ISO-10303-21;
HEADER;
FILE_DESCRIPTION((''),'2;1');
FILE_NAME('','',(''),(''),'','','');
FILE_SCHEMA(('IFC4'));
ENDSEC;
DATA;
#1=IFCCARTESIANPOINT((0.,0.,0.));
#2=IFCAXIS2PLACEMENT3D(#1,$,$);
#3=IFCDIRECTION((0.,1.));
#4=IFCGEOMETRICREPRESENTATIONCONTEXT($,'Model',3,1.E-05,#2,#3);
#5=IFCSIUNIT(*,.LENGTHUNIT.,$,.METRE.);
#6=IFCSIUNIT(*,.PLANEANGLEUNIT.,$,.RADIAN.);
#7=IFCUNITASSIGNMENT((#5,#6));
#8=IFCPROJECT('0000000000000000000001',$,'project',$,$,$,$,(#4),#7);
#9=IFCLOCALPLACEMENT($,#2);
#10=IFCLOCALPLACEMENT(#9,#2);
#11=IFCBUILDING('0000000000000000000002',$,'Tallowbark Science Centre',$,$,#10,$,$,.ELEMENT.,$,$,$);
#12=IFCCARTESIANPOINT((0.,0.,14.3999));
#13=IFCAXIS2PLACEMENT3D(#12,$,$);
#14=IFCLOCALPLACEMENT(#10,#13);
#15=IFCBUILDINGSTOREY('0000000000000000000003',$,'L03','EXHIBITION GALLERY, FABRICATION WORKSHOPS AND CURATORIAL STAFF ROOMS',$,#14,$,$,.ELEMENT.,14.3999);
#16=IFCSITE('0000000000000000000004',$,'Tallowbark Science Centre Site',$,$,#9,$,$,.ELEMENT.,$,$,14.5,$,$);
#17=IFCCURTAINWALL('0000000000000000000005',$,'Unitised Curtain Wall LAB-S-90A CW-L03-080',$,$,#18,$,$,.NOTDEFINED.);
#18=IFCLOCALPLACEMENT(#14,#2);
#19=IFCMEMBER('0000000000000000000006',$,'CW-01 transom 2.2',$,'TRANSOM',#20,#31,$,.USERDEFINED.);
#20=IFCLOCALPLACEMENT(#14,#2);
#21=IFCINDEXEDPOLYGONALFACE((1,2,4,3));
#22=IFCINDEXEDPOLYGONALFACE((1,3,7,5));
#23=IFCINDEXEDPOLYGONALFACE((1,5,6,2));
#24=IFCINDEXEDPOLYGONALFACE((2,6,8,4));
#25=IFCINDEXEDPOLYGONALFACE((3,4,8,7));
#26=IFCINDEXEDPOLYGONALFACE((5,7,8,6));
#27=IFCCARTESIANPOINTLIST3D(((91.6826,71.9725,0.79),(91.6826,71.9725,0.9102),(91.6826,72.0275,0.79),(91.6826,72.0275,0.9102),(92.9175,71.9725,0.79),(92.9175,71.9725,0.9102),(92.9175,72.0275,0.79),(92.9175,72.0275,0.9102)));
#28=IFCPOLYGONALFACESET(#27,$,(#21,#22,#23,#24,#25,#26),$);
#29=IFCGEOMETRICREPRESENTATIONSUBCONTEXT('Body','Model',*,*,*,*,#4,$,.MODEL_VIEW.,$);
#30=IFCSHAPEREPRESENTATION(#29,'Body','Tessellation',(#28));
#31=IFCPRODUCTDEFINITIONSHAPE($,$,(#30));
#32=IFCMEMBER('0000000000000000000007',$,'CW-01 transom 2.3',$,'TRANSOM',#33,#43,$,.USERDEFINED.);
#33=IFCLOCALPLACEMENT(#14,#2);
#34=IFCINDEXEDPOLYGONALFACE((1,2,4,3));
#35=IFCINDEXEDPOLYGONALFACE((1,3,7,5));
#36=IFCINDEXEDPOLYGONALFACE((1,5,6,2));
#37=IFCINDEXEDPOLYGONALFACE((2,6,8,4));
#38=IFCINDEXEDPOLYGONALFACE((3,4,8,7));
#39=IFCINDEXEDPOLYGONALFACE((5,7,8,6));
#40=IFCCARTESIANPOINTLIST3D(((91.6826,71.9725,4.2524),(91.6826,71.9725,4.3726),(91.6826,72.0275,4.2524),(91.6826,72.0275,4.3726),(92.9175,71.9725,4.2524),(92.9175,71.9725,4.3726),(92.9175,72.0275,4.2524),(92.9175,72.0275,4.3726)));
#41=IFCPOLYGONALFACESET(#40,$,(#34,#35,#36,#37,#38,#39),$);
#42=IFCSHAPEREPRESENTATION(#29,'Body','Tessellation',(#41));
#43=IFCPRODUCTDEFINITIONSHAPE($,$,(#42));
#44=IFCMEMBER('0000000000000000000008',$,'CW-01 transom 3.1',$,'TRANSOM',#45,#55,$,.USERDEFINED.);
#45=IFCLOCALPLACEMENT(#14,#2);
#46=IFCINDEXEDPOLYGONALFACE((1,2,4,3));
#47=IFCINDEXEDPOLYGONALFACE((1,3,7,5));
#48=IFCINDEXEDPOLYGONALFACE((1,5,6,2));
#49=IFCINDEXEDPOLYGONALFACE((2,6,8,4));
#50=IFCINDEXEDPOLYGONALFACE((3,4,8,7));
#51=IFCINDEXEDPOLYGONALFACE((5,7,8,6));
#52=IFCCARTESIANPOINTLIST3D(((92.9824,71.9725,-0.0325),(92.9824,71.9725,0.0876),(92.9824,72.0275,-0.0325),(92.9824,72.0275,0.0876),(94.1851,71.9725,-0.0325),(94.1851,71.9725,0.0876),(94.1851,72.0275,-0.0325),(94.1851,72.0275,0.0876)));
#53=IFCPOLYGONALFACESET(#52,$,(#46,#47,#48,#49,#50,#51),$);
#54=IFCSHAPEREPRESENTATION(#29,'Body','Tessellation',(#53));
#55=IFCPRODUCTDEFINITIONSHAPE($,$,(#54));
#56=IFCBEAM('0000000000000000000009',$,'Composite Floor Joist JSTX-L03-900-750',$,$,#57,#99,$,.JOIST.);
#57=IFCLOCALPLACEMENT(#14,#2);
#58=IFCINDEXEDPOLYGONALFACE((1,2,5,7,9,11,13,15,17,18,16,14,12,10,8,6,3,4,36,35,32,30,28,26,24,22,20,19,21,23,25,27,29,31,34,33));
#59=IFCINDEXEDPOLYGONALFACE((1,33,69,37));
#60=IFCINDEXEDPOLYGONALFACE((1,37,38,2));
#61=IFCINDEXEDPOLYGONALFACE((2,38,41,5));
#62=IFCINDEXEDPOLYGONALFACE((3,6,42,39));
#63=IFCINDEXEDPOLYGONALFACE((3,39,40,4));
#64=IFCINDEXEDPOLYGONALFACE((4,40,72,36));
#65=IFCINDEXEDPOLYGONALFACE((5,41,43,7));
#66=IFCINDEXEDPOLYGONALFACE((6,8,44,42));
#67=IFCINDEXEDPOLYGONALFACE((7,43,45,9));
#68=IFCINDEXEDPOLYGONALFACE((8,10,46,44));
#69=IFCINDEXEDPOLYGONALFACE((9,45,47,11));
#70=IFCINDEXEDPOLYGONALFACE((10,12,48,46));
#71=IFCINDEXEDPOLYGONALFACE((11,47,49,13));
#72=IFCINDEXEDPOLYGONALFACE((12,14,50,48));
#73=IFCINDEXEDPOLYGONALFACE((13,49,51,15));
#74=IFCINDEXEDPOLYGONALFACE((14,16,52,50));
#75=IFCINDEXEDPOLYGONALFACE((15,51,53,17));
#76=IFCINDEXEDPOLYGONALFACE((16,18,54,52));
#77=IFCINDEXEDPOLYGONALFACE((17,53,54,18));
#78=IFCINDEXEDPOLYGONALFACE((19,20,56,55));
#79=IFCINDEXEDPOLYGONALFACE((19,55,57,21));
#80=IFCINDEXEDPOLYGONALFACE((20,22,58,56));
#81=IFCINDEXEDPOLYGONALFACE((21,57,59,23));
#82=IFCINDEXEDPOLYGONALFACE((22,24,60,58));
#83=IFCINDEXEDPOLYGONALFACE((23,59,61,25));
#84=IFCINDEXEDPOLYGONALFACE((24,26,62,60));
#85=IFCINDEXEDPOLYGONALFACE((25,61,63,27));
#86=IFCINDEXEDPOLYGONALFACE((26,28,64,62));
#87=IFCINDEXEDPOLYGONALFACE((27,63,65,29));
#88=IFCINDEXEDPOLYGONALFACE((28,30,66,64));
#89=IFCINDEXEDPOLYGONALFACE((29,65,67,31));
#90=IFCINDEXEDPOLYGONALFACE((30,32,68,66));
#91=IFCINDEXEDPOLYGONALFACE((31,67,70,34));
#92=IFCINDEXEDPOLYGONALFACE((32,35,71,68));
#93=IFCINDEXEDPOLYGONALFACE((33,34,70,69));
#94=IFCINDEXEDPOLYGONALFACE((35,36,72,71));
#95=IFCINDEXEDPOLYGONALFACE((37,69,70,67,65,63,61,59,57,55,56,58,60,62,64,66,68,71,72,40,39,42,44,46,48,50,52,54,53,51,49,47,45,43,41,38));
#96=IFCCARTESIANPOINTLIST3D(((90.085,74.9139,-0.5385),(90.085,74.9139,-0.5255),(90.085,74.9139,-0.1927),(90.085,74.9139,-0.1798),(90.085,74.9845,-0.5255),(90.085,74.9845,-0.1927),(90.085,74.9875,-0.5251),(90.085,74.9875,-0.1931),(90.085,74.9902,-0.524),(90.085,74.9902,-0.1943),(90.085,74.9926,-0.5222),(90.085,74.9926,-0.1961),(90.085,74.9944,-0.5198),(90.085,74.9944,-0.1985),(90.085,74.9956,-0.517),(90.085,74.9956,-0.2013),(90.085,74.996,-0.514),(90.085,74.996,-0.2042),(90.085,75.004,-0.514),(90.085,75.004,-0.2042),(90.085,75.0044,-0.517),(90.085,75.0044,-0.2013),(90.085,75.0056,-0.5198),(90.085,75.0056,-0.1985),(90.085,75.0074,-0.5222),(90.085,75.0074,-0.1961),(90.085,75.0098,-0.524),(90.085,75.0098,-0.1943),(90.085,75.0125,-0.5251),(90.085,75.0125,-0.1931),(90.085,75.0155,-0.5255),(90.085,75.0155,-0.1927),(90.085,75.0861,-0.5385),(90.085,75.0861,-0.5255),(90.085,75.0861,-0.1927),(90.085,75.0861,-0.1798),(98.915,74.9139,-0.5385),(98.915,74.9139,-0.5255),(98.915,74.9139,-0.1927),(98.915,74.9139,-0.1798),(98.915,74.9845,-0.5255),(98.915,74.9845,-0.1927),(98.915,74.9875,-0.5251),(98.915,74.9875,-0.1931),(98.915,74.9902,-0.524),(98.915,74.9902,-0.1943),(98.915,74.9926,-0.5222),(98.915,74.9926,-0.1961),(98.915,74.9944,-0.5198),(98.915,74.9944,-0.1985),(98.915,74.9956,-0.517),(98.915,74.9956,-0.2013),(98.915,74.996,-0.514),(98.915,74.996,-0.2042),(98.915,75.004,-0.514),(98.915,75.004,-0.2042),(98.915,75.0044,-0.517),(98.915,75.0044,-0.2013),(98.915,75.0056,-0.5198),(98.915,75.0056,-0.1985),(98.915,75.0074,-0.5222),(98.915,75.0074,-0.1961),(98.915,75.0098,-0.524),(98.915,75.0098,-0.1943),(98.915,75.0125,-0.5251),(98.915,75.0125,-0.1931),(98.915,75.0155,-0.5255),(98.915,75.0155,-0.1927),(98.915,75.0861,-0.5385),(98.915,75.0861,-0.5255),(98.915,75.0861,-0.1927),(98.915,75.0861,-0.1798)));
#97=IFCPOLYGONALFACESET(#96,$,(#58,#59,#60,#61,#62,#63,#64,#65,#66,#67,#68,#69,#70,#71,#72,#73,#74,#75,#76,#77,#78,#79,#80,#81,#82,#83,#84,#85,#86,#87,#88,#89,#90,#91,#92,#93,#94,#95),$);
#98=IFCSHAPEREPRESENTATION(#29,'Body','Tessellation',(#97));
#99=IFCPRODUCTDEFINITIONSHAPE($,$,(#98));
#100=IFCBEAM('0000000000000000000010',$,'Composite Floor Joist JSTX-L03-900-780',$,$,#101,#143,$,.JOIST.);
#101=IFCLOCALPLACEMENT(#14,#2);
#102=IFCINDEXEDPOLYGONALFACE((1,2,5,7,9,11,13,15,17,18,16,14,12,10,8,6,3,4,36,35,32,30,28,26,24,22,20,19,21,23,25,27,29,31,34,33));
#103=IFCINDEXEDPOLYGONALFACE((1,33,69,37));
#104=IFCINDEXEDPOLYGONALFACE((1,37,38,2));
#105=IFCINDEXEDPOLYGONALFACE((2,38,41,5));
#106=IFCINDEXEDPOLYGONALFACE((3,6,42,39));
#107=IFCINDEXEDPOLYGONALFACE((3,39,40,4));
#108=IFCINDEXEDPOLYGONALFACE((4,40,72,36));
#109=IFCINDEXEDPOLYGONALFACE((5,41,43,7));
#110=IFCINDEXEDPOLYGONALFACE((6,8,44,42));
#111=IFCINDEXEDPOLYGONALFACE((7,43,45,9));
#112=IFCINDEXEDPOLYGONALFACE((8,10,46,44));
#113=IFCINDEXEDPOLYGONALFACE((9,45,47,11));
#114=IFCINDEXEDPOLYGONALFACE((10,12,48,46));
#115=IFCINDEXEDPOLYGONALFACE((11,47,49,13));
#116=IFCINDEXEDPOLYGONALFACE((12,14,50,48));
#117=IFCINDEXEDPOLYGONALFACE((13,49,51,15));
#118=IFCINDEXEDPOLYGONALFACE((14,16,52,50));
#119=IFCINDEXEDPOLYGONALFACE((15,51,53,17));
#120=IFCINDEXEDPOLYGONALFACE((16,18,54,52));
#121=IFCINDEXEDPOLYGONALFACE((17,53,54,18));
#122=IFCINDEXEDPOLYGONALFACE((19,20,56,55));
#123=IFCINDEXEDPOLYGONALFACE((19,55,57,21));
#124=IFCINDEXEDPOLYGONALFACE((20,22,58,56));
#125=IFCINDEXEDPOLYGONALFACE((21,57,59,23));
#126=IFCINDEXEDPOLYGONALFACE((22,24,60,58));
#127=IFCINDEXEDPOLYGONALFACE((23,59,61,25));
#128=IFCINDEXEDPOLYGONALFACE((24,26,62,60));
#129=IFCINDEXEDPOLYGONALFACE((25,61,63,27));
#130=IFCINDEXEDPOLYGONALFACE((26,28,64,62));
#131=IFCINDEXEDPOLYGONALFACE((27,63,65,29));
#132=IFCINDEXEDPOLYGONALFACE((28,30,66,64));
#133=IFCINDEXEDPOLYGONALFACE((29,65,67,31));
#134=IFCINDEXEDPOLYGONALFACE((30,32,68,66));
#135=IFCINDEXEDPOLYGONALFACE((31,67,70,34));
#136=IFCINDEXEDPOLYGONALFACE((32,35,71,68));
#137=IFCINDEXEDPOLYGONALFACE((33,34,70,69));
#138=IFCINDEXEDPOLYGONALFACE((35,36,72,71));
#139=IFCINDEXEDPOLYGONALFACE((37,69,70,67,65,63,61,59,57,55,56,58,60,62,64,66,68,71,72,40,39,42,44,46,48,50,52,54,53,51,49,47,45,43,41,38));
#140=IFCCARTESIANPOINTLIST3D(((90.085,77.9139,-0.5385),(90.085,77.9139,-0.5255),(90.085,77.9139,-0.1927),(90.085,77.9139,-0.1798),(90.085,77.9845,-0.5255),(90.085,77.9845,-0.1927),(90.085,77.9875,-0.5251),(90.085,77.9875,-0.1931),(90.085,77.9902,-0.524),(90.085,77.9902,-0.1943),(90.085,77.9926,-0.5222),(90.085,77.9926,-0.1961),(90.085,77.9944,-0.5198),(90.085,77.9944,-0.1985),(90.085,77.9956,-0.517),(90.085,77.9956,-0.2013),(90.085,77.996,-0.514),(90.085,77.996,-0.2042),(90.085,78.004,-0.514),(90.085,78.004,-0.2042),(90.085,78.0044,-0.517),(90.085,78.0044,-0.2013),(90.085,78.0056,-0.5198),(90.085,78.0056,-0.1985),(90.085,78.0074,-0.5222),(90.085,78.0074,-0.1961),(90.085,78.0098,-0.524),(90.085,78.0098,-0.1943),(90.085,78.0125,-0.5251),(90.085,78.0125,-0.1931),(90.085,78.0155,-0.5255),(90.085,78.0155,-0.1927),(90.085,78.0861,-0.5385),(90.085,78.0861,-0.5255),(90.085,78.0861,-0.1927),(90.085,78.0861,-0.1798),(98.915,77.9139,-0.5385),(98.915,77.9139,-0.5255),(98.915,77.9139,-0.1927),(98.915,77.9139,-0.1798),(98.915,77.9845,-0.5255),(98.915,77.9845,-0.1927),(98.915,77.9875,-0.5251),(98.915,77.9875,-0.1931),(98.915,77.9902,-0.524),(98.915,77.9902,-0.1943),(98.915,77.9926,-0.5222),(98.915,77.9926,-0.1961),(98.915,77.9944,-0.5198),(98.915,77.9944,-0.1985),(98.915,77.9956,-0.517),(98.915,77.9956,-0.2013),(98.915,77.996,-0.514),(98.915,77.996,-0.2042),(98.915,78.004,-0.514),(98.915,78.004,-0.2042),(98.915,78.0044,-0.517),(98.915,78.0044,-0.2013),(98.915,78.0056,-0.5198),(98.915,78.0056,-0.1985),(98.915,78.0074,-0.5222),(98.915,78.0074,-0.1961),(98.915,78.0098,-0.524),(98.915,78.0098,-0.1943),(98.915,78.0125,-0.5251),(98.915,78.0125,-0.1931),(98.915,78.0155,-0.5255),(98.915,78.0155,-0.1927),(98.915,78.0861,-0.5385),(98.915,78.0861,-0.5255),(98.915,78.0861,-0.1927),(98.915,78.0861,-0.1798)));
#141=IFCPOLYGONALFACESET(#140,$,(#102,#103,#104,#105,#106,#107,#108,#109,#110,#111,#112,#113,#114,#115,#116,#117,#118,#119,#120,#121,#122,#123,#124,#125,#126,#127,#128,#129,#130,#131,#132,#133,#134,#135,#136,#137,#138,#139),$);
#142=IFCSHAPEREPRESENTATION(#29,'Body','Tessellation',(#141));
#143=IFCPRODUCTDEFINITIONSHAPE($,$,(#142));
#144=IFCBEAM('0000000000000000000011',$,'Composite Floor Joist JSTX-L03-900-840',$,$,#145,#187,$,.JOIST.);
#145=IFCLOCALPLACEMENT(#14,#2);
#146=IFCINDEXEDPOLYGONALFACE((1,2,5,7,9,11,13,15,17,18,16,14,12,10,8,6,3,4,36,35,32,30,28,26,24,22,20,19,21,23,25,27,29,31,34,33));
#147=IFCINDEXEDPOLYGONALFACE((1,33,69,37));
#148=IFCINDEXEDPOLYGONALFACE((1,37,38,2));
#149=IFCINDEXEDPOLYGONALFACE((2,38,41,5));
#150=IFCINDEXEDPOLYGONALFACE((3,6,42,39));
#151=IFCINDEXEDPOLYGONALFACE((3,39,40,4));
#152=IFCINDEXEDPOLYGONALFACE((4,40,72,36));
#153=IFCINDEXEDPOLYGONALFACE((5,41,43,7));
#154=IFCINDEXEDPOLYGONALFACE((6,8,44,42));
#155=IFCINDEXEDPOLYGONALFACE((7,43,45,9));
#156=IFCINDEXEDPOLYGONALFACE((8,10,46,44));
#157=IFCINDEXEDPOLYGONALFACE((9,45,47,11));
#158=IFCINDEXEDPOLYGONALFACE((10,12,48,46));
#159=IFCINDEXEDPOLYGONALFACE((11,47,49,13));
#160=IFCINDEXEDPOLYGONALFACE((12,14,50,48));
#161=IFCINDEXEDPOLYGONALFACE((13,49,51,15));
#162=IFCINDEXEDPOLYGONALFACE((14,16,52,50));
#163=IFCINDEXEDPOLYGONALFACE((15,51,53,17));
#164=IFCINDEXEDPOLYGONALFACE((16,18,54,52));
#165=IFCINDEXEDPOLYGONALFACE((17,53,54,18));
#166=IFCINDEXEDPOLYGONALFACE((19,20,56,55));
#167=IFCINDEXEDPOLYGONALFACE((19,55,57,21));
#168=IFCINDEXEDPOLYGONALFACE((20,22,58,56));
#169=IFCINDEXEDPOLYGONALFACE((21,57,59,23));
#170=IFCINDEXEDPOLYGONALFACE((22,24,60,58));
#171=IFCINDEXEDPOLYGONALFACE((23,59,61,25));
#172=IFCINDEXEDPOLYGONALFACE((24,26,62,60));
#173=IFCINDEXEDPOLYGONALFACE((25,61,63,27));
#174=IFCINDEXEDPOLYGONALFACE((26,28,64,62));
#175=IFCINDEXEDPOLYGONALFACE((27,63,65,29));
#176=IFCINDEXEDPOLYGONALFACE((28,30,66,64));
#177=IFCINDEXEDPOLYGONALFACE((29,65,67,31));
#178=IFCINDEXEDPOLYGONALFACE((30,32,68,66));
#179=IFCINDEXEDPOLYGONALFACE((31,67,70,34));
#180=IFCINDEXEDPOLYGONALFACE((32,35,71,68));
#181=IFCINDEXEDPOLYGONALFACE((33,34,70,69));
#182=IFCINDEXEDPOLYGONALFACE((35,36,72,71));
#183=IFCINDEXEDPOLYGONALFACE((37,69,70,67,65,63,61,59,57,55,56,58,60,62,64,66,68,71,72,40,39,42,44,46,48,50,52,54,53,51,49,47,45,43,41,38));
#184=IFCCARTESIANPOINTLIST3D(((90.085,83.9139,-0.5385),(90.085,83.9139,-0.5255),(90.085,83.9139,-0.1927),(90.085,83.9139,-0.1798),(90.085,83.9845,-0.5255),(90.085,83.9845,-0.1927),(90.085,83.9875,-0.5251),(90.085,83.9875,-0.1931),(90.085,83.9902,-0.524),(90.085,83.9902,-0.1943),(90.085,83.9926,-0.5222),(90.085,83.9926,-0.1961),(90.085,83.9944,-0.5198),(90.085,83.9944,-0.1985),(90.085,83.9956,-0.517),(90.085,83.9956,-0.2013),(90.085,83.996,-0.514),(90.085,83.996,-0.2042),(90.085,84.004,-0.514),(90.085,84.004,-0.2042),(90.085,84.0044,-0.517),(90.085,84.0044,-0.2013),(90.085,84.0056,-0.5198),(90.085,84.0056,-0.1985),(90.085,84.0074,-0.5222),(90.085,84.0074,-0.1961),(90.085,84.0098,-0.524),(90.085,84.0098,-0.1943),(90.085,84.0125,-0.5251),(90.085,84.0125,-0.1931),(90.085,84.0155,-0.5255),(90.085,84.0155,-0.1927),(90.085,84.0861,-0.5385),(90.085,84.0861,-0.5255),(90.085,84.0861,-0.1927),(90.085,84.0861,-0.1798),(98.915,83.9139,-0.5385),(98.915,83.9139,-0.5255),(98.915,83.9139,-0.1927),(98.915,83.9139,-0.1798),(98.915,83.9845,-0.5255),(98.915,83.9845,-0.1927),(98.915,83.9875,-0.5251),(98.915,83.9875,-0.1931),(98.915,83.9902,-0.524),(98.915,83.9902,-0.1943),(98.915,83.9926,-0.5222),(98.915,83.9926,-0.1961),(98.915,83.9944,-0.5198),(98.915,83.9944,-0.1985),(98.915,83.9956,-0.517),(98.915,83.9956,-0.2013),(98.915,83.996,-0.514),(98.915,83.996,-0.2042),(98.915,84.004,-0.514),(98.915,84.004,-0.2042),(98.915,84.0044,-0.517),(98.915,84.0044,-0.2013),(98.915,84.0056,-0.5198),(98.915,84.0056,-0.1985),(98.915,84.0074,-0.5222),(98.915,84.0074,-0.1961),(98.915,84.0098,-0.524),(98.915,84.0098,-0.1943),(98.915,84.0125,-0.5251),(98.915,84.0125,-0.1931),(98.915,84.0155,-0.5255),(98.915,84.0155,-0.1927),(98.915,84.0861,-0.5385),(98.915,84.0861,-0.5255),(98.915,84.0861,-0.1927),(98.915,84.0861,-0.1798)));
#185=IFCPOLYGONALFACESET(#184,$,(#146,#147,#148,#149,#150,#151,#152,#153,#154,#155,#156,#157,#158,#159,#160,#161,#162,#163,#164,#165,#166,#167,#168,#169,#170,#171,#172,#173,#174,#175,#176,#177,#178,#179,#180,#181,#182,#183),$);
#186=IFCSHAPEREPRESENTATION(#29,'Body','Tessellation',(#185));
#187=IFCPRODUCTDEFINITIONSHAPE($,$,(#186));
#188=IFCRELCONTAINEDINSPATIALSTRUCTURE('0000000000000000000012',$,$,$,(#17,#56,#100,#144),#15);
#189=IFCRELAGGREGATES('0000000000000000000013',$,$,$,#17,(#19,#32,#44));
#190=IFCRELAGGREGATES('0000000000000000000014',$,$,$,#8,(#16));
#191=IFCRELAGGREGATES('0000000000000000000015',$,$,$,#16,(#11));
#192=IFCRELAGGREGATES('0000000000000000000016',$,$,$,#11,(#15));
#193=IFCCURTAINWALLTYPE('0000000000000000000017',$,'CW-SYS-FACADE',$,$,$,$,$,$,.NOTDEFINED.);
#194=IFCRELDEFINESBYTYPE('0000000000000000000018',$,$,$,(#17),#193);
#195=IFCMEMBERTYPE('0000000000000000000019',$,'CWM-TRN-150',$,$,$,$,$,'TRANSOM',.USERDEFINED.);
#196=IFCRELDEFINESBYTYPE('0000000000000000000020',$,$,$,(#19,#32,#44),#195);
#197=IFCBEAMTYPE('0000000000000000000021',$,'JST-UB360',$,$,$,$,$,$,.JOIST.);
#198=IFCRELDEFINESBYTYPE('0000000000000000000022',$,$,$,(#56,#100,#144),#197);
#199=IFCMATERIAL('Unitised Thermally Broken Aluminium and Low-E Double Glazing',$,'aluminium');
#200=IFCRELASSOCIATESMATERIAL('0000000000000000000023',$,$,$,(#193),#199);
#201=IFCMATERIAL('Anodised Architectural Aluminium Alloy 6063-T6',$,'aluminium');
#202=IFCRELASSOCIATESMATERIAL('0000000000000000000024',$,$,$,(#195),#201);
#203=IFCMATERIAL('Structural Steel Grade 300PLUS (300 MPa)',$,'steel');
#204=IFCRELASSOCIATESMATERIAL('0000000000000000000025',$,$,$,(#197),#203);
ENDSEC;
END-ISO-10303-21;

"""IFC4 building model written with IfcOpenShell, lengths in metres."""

from ifc_helpers import new_model, si_unit, direction, frame, origin, origin_2d, place, context, subcontext, project, spatial, rectangle, i_section, extrude, material, material_profile, profile_set, type_object, element, aggregate, save


model = new_model("IFC4")

# Units and contexts
model_context = context("Model", 3, precision=1e-05, world=origin(), true_north=direction((0.0, 1.0)))
body_context = subcontext(model_context, "Body", "Model", "MODEL_VIEW")
ifc_project = project(units=[si_unit("LENGTHUNIT", "METRE"), si_unit("PLANEANGLEUNIT", "RADIAN")], contexts=[model_context])

# Site, building, storey
site_placement = place(None, origin())
site = spatial("IfcSite", under=ifc_project, at=site_placement, Name="Tallowbark Science Centre Site", CompositionType="ELEMENT", RefElevation=14.5)
building_placement = place(site_placement, origin())
building = spatial("IfcBuilding", under=site, at=building_placement, Name="Tallowbark Science Centre", CompositionType="ELEMENT")
storey_placement = place(building_placement, frame((0.0, 0.0, 14.3999)))
storey = spatial("IfcBuildingStorey", under=building, at=storey_placement, Name="L03", Description="EXHIBITION GALLERY, FABRICATION WORKSHOPS AND CURATORIAL STAFF ROOMS", CompositionType="ELEMENT", Elevation=14.3999)

# Shared definitions
ifc_material_1 = material(Name="Structural Steel Grade 300PLUS (300 MPa)", Category="steel")

# Curtain wall, members
ifc_material_2 = material(Name="Unitised Thermally Broken Aluminium and Low-E Double Glazing", Category="aluminium")
curtain_wall_type = type_object("IfcCurtainWallType", Name="CW-SYS-FACADE", PredefinedType="NOTDEFINED", material=ifc_material_2)
curtain_wall_placement = place(storey_placement, origin())
curtain_wall = element("IfcCurtainWall", 1, at=curtain_wall_placement, inside=storey, type_object=curtain_wall_type, Name="Unitised Curtain Wall LAB-S-90A CW-L03-080", PredefinedType="NOTDEFINED")
ifc_material_3 = material(Name="Anodised Architectural Aluminium Alloy 6063-T6", Category="aluminium")
ifc_material_profile_1 = material_profile(ifc_material_3, rectangle(XDim=0.0549, YDim=0.1201, at=origin_2d()), Name="ALU55x120")
ifc_profile_set_1 = profile_set([ifc_material_profile_1], Name="Anodised Architectural Aluminium Alloy 6063-T6")
member_type_1 = type_object("IfcMemberType", Name="CWM-TRN-150", ElementType="TRANSOM", PredefinedType="USERDEFINED", material=ifc_profile_set_1)
member_1_placement = place(storey_placement, frame((91.6826, 72.0, 0.8501), z_axis=(1.0, 0.0, 0.0), x_axis=(0.0, 1.0, 0.0)))
member_1 = element("IfcMember", 2, at=member_1_placement, type_object=member_type_1, Name="CW-01 transom 2.2", ObjectType="TRANSOM", PredefinedType="USERDEFINED", context=body_context, shape_type="SweptSolid", body=[
    extrude(rectangle(XDim=0.0549, YDim=0.1201, at=origin_2d()), origin(), (0.0, 0.0, 1.0), 1.2349),
])
member_2_placement = place(storey_placement, frame((91.6826, 72.0, 4.3125), z_axis=(1.0, 0.0, 0.0), x_axis=(0.0, 1.0, 0.0)))
member_2 = element("IfcMember", 3, at=member_2_placement, type_object=member_type_1, Name="CW-01 transom 2.3", ObjectType="TRANSOM", PredefinedType="USERDEFINED", context=body_context, shape_type="SweptSolid", body=[
    extrude(rectangle(XDim=0.0549, YDim=0.1201, at=origin_2d()), origin(), (0.0, 0.0, 1.0), 1.2349),
])
member_3_placement = place(storey_placement, frame((92.9824, 72.0, 0.0276), z_axis=(1.0, 0.0, 0.0), x_axis=(0.0, 1.0, 0.0)))
member_3 = element("IfcMember", 4, at=member_3_placement, type_object=member_type_1, Name="CW-01 transom 3.1", ObjectType="TRANSOM", PredefinedType="USERDEFINED", context=body_context, shape_type="SweptSolid", body=[
    extrude(rectangle(XDim=0.0549, YDim=0.1201, at=origin_2d()), origin(), (0.0, 0.0, 1.0), 1.2026),
])

# Beams
ifc_material_profile_2 = material_profile(ifc_material_1, i_section(OverallWidth=0.1721, OverallDepth=0.3586, WebThickness=0.0081, FlangeThickness=0.0129, FilletRadius=0.0115, at=origin_2d()), Name="360UB56.7")
ifc_profile_set_2 = profile_set([ifc_material_profile_2], Name="Structural Steel Grade 300PLUS (300 MPa)")
beam_type_1 = type_object("IfcBeamType", Name="JST-UB360", PredefinedType="JOIST", material=ifc_profile_set_2)
for number, where, z_axis, x_axis, name in (
    (5, (90.085, 75.0, -0.3591), (1.0, 0.0, 0.0), (0.0, 1.0, 0.0), "Composite Floor Joist JSTX-L03-900-750"),
    (6, (90.085, 78.0, -0.3591), (1.0, 0.0, 0.0), (0.0, 1.0, 0.0), "Composite Floor Joist JSTX-L03-900-780"),
    (7, (90.085, 84.0, -0.3591), (1.0, 0.0, 0.0), (0.0, 1.0, 0.0), "Composite Floor Joist JSTX-L03-900-840"),
):
    element("IfcBeam", number, at=place(storey_placement, frame(where, z_axis=z_axis, x_axis=x_axis)), inside=storey, type_object=beam_type_1, Name=name, PredefinedType="JOIST", context=body_context, shape_type="SweptSolid", body=[
        extrude(i_section(OverallWidth=0.1721, OverallDepth=0.3586, WebThickness=0.0081, FlangeThickness=0.0129, FilletRadius=0.0115, at=origin_2d()), origin(), (0.0, 0.0, 1.0), 8.8301),
    ])

aggregate(curtain_wall, [member_1, member_2, member_3])

save(model, "model.ifc")
